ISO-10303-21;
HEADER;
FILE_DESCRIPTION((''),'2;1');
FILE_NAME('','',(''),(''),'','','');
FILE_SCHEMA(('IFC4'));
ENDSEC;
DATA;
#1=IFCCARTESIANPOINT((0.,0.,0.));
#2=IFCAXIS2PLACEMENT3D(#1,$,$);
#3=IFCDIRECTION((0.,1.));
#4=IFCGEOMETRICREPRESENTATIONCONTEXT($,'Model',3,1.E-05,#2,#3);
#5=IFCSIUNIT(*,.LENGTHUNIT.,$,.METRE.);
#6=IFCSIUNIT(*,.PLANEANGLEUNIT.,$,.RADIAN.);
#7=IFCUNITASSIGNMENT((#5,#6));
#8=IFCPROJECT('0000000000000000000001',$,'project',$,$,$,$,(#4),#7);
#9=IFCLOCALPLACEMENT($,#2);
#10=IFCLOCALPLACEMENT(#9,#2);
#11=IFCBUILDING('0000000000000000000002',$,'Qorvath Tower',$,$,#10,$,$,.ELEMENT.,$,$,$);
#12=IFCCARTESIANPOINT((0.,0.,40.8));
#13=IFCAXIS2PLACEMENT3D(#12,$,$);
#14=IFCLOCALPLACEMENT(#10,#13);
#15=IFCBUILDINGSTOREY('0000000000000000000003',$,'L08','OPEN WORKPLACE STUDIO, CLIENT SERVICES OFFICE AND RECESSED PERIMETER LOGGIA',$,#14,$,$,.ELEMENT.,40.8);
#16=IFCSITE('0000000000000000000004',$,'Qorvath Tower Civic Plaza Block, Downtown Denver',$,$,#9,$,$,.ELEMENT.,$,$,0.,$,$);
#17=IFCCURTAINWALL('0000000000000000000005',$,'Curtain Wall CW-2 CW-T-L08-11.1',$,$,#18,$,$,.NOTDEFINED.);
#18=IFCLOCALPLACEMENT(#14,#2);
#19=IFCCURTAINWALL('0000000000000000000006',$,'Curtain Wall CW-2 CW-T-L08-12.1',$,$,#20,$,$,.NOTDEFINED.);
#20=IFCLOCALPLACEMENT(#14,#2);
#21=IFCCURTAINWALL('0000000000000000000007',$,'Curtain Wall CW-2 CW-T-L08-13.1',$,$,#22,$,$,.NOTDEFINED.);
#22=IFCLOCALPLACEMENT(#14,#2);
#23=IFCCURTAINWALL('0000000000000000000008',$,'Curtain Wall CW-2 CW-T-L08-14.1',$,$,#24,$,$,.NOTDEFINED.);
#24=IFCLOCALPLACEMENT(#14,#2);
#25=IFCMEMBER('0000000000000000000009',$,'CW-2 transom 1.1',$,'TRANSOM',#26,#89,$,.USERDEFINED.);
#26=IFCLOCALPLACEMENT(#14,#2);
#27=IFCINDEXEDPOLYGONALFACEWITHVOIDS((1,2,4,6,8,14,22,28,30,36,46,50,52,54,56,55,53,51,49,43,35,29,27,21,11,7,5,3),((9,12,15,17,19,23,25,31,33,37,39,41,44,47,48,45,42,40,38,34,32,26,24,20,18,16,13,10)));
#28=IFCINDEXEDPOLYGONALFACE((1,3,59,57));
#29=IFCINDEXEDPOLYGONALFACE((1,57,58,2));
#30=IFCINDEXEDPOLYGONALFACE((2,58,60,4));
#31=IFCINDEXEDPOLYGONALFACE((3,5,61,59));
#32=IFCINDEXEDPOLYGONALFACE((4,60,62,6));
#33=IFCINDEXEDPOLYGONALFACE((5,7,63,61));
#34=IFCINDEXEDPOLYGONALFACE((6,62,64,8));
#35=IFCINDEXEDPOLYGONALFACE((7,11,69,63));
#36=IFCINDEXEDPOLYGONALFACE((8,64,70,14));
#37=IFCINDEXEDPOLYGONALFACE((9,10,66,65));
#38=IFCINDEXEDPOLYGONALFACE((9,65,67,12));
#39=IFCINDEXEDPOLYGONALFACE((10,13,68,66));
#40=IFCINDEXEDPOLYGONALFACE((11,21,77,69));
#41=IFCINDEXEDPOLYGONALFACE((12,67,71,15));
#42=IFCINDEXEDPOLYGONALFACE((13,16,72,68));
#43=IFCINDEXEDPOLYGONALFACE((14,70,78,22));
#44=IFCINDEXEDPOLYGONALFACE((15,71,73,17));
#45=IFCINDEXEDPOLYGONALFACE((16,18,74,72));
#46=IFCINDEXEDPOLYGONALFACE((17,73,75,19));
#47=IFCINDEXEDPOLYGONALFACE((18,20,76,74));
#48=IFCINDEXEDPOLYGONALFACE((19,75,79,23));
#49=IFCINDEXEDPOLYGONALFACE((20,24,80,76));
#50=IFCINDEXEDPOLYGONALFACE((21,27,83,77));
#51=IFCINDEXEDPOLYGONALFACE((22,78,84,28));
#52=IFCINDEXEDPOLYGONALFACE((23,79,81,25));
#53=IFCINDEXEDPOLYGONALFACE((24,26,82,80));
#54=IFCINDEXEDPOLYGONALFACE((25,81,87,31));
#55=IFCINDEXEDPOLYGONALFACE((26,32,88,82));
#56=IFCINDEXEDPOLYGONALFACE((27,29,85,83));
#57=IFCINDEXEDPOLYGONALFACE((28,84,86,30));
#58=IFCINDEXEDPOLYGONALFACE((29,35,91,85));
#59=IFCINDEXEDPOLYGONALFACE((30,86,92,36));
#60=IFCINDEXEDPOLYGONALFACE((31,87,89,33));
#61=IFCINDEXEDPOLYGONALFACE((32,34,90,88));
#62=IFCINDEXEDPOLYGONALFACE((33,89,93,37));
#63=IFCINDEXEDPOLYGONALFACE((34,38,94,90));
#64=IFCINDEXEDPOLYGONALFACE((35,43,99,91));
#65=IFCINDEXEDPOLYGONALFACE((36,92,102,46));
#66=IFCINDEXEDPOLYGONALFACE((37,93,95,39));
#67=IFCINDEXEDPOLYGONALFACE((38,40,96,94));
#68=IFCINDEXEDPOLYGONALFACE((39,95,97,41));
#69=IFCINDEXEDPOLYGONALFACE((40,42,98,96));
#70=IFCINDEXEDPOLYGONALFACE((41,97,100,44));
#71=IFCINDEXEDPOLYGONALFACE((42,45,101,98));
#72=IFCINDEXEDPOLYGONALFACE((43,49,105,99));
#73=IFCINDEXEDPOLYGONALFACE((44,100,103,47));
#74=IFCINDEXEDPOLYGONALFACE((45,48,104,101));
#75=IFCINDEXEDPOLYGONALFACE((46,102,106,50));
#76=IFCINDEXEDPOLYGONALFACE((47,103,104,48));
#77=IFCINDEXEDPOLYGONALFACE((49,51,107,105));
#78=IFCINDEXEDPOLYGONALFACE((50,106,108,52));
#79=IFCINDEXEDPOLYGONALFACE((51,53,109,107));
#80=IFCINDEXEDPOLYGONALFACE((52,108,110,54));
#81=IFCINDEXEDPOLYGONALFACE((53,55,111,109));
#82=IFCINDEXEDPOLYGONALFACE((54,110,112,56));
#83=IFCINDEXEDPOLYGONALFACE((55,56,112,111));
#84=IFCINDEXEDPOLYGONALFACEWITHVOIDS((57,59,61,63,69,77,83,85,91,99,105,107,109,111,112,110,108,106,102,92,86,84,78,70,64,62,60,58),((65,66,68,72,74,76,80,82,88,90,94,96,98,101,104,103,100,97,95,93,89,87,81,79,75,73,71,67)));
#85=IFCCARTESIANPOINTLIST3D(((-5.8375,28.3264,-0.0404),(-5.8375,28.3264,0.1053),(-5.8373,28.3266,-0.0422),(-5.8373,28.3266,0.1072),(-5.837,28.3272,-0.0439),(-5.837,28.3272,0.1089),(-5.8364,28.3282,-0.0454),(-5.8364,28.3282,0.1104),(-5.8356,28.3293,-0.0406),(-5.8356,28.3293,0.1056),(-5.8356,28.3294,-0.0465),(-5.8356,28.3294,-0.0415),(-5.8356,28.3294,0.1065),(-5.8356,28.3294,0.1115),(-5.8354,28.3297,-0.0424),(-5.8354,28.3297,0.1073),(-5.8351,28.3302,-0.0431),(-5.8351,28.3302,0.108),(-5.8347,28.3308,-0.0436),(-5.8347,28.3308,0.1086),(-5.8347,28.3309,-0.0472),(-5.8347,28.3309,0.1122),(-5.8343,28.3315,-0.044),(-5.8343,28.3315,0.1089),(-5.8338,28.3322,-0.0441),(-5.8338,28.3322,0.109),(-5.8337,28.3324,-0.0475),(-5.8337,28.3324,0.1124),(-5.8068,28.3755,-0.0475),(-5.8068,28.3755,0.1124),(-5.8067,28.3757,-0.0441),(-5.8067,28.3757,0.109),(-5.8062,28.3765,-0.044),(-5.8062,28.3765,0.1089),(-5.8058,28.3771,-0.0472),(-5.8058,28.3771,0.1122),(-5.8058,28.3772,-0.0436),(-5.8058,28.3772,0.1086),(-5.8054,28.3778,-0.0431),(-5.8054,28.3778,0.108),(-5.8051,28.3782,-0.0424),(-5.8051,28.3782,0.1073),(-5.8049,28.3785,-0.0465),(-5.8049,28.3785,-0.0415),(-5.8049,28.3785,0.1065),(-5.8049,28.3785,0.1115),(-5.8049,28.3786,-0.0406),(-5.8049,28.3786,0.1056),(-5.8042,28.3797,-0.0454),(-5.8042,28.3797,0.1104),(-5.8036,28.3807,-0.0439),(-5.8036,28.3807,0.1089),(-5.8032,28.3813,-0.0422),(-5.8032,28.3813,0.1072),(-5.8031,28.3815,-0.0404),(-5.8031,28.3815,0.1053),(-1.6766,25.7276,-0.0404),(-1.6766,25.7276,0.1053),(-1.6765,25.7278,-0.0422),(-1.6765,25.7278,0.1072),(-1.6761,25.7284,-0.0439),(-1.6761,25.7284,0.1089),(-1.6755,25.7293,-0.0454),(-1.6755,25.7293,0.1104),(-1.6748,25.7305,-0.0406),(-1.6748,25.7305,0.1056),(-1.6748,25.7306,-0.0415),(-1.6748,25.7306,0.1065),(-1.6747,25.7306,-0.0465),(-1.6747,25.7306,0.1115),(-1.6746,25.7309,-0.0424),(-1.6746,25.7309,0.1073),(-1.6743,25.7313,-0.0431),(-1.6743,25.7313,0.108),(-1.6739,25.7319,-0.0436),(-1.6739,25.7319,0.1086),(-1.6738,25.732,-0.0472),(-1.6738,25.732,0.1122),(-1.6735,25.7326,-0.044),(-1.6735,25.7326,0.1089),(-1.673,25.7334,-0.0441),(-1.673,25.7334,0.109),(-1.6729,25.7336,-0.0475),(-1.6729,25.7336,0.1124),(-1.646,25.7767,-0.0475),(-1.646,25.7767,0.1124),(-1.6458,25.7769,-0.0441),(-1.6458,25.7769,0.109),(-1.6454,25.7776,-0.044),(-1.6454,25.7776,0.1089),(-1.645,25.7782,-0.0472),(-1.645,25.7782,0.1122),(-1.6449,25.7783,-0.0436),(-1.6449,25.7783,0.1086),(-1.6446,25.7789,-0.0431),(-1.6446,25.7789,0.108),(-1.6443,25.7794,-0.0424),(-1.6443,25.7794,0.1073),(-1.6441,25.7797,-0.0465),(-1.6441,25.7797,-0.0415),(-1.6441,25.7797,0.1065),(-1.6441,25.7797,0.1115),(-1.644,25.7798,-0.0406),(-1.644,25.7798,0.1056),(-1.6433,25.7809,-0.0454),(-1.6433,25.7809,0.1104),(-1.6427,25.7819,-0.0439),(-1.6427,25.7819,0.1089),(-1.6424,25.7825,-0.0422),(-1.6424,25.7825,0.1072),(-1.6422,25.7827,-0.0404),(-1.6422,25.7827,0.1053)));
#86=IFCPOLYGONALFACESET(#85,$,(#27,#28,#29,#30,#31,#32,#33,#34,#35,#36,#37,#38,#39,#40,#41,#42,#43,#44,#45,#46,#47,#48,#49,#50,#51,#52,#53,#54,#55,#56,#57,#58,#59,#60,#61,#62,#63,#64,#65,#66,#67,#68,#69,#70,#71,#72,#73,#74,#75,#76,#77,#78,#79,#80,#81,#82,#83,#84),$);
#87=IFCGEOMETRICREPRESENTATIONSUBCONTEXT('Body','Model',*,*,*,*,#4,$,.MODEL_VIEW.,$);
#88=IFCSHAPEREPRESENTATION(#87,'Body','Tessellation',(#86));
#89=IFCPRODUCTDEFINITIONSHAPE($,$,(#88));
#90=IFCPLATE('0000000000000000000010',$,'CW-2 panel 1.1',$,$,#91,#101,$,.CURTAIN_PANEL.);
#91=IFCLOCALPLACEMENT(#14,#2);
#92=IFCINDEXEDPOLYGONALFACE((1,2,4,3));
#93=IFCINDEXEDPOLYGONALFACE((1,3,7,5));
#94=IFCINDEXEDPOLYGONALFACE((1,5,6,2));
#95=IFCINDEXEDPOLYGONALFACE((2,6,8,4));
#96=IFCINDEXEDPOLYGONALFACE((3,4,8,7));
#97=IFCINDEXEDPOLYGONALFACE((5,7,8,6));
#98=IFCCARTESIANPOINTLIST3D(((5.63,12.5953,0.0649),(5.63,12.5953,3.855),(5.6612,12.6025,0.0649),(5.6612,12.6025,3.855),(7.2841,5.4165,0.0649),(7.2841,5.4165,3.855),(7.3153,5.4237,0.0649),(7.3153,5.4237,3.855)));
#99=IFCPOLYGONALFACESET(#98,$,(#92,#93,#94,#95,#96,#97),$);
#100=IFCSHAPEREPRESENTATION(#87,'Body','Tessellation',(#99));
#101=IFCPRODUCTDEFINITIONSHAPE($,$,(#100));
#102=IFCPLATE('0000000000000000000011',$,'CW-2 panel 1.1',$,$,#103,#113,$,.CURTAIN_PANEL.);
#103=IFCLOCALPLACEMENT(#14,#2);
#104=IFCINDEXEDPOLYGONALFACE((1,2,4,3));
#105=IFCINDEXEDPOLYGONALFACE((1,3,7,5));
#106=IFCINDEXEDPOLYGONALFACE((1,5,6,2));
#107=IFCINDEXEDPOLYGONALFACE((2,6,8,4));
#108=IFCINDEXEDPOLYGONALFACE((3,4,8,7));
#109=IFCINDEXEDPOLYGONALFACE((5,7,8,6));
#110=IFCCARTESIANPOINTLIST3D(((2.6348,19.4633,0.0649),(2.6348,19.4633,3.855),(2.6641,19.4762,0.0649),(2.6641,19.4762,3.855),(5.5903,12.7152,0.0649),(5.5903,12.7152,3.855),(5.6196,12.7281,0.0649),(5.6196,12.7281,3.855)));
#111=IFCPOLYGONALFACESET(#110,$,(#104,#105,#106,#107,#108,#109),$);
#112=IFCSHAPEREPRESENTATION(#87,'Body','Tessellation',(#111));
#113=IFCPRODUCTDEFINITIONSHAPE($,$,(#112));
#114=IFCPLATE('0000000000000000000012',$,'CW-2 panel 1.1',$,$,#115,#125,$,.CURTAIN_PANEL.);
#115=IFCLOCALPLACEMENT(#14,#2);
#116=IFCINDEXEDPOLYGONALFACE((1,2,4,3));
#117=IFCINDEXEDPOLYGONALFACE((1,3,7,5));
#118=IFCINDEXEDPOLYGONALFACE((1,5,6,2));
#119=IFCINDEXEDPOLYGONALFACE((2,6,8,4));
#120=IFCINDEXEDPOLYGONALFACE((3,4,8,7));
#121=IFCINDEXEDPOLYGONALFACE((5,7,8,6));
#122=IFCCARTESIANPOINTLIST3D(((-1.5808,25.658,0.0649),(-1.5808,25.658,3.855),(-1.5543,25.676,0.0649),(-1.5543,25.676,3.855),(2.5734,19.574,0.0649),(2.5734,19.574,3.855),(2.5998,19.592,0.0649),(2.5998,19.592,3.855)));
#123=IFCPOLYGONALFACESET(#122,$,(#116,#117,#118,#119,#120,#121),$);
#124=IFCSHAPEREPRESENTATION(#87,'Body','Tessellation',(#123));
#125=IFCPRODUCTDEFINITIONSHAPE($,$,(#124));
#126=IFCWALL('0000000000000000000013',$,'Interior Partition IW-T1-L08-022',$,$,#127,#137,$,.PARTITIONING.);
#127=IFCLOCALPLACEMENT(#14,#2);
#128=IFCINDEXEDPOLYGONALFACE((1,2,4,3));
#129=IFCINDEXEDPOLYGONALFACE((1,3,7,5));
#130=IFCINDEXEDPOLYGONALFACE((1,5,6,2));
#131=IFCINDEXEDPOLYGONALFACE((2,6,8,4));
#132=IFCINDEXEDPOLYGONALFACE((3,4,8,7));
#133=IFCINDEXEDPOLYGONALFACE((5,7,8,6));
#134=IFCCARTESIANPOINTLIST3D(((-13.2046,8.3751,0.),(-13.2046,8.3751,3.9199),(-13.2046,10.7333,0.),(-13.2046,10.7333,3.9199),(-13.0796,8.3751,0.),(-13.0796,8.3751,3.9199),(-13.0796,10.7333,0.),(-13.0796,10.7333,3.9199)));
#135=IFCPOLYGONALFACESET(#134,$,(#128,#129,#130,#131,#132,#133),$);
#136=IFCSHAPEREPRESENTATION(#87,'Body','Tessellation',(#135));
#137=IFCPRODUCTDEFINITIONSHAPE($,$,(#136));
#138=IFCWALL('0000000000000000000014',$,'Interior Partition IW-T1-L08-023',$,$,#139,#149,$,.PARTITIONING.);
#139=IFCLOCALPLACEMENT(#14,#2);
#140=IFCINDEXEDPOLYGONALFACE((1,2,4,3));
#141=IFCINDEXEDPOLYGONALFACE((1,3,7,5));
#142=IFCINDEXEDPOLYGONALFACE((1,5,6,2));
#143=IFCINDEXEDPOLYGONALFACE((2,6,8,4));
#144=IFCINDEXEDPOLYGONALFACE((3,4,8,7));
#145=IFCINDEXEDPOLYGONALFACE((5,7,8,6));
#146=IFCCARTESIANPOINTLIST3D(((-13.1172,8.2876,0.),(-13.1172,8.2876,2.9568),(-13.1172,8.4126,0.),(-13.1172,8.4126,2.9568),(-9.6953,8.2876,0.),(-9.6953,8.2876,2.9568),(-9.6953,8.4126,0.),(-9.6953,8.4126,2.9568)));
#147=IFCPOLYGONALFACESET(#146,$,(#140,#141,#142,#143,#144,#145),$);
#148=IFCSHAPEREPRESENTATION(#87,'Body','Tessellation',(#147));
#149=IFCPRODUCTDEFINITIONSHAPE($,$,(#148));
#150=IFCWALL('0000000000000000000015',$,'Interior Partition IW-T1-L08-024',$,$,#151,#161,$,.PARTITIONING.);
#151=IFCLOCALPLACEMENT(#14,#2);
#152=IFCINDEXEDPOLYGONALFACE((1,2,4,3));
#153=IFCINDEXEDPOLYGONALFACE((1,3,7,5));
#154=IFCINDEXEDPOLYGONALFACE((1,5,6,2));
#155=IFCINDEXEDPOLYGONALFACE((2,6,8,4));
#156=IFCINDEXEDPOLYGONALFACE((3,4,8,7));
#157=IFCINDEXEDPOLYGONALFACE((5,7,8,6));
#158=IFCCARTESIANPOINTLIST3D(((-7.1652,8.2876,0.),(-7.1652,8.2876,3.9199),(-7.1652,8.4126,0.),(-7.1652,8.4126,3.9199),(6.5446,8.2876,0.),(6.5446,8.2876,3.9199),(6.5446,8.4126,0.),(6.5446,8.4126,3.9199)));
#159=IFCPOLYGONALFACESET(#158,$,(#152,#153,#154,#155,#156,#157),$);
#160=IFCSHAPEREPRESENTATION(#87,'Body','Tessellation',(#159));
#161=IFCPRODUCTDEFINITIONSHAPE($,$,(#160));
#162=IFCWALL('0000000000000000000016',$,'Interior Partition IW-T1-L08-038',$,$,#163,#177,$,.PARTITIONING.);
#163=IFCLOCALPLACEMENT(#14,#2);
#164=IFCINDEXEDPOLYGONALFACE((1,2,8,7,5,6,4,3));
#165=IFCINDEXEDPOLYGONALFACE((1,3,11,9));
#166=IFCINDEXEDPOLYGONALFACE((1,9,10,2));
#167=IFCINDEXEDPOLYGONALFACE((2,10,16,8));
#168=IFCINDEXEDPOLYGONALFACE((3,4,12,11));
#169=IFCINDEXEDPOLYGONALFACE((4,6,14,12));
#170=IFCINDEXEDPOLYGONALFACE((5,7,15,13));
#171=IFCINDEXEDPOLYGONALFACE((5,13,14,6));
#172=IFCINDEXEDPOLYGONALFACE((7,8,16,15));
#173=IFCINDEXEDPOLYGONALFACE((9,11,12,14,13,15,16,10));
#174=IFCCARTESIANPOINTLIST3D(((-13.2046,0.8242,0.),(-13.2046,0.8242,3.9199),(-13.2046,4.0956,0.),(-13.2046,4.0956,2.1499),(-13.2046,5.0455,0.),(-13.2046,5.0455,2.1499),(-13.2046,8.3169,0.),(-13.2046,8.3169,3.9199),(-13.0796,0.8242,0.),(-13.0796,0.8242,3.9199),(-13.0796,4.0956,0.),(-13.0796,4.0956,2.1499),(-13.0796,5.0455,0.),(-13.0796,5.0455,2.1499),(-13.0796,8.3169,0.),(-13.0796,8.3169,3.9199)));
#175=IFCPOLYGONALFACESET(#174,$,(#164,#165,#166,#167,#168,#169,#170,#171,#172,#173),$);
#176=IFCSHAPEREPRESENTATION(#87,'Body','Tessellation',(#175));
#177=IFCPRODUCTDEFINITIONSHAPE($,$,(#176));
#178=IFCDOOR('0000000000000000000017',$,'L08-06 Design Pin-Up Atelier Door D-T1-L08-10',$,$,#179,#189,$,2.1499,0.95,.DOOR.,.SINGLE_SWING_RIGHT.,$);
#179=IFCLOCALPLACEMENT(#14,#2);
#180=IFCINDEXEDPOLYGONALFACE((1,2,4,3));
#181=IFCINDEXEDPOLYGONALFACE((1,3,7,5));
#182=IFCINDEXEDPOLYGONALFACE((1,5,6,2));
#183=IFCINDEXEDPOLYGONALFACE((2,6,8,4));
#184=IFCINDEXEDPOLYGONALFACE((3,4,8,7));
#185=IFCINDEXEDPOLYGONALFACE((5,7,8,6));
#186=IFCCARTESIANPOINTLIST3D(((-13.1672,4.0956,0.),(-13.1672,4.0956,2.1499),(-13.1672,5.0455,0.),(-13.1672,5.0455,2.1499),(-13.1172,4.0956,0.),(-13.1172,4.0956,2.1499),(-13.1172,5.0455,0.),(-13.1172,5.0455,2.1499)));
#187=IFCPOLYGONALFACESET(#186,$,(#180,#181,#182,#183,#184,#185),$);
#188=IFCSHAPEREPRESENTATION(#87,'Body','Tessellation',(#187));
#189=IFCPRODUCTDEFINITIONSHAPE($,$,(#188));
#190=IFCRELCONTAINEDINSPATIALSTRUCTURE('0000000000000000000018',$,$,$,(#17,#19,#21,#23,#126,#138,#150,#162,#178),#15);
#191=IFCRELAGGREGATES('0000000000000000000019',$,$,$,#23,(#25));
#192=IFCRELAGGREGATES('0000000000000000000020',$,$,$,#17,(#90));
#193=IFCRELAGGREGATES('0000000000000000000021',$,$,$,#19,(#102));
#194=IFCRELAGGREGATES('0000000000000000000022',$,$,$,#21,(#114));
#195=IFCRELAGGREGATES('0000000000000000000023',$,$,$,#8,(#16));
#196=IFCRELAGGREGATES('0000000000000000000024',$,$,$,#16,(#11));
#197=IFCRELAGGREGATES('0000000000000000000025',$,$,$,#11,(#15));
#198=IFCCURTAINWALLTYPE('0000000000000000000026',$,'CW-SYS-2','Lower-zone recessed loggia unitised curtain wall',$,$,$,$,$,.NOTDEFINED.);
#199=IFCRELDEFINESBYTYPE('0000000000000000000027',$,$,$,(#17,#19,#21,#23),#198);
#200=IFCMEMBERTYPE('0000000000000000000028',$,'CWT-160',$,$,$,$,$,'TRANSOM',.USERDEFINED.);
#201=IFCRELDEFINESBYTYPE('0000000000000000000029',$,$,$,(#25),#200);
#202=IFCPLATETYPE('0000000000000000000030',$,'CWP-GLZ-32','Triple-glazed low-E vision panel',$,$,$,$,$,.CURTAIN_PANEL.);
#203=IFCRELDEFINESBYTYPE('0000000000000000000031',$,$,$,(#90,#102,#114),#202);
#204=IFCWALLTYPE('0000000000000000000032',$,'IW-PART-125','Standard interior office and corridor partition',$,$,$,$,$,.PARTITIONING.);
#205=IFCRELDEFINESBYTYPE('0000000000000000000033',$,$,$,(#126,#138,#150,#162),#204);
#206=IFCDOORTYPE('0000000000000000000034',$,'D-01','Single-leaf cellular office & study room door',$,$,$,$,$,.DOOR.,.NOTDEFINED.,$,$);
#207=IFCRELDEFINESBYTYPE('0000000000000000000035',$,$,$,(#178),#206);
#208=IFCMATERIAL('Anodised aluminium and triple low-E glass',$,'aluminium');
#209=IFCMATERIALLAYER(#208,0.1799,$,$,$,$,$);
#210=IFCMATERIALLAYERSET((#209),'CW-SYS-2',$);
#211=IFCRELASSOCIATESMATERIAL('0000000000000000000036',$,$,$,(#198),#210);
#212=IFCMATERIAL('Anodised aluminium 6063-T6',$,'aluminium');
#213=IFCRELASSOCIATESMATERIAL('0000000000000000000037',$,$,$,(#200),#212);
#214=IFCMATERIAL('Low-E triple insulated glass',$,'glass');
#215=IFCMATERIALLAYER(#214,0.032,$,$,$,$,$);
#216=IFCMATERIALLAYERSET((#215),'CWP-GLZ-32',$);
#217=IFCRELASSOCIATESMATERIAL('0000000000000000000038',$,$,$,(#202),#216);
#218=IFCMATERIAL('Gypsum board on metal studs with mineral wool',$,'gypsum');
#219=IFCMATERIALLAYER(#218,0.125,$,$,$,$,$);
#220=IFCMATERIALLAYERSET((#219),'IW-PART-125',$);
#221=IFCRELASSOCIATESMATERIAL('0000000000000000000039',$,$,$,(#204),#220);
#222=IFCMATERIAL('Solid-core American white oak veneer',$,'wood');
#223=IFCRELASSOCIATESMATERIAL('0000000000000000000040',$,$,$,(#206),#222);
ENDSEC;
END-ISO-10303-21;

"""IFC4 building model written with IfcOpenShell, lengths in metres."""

from ifc_helpers import new_model, si_unit, direction, frame, frame_2d, origin, origin_2d, place, context, subcontext, project, spatial, rectangle, hollow_rectangle, extrude, material, layer, layer_set, material_profile, profile_set, type_object, element, fill, aggregate, save


model = new_model("IFC4")

# Units and contexts
model_context = context("Model", 3, precision=1e-05, world=origin(), true_north=direction((0.0, 1.0)))
body_context = subcontext(model_context, "Body", "Model", "MODEL_VIEW")
ifc_project = project(units=[si_unit("LENGTHUNIT", "METRE"), si_unit("PLANEANGLEUNIT", "RADIAN")], contexts=[model_context])

# Site, building, storey
site_placement = place(None, origin())
site = spatial("IfcSite", under=ifc_project, at=site_placement, Name="Qorvath Tower Civic Plaza Block, Downtown Denver", CompositionType="ELEMENT", RefElevation=0.0)
building_placement = place(site_placement, origin())
building = spatial("IfcBuilding", under=site, at=building_placement, Name="Qorvath Tower", CompositionType="ELEMENT")
storey_placement = place(building_placement, frame((0.0, 0.0, 40.8)))
storey = spatial("IfcBuildingStorey", under=building, at=storey_placement, Name="L08", Description="OPEN WORKPLACE STUDIO, CLIENT SERVICES OFFICE AND RECESSED PERIMETER LOGGIA", CompositionType="ELEMENT", Elevation=40.8)

# Curtain wall
ifc_material_1 = material(Name="Anodised aluminium and triple low-E glass", Category="aluminium")
ifc_layer_1 = layer(ifc_material_1, 0.1799)
ifc_layer_set_1 = layer_set([ifc_layer_1], Name="CW-SYS-2")
curtain_wall_type = type_object("IfcCurtainWallType", Name="CW-SYS-2", Description="Lower-zone recessed loggia unitised curtain wall", PredefinedType="NOTDEFINED", material=ifc_layer_set_1)
curtain_wall_1_placement = place(storey_placement, origin())
curtain_wall_1 = element("IfcCurtainWall", 1, at=curtain_wall_1_placement, inside=storey, type_object=curtain_wall_type, Name="Curtain Wall CW-2 CW-T-L08-11.1", PredefinedType="NOTDEFINED")

# Curtain walls
curtain_wall_2_placement = place(storey_placement, origin())
curtain_wall_2 = element("IfcCurtainWall", 2, at=curtain_wall_2_placement, inside=storey, type_object=curtain_wall_type, Name="Curtain Wall CW-2 CW-T-L08-12.1", PredefinedType="NOTDEFINED")
curtain_wall_3_placement = place(storey_placement, origin())
curtain_wall_3 = element("IfcCurtainWall", 3, at=curtain_wall_3_placement, inside=storey, type_object=curtain_wall_type, Name="Curtain Wall CW-2 CW-T-L08-13.1", PredefinedType="NOTDEFINED")

# Curtain wall
curtain_wall_4_placement = place(storey_placement, origin())
curtain_wall_4 = element("IfcCurtainWall", 4, at=curtain_wall_4_placement, inside=storey, type_object=curtain_wall_type, Name="Curtain Wall CW-2 CW-T-L08-14.1", PredefinedType="NOTDEFINED")

# Member
ifc_material_2 = material(Name="Anodised aluminium 6063-T6", Category="aluminium")
ifc_material_profile_1 = material_profile(ifc_material_2, hollow_rectangle(XDim=0.0649, YDim=0.1599, WallThickness=0.0034, InnerFilletRadius=0.0034, OuterFilletRadius=0.0071, at=origin_2d()), Name="CWT 160x65")
ifc_profile_set_1 = profile_set([ifc_material_profile_1], Name="Anodised aluminium 6063-T6")
member_type_1 = type_object("IfcMemberType", Name="CWT-160", ElementType="TRANSOM", PredefinedType="USERDEFINED", material=ifc_profile_set_1)
member_1_placement = place(storey_placement, frame((-1.6594, 25.7551, 0.0325), z_axis=(-0.848152, 0.529753, 0.0), x_axis=(-0.529753, -0.848152, 0.0)))
member_1 = element("IfcMember", 5, at=member_1_placement, type_object=member_type_1, Name="CW-2 transom 1.1", ObjectType="TRANSOM", PredefinedType="USERDEFINED", context=body_context, shape_type="SweptSolid", body=[
    extrude(hollow_rectangle(XDim=0.0649, YDim=0.1599, WallThickness=0.0034, InnerFilletRadius=0.0034, OuterFilletRadius=0.0071, at=origin_2d()), origin(), (0.0, 0.0, 1.0), 4.9058),
])
aggregate(curtain_wall_4, [member_1])

# Plates
ifc_material_3 = material(Name="Low-E triple insulated glass", Category="glass")
ifc_layer_2 = layer(ifc_material_3, 0.032)
ifc_layer_set_2 = layer_set([ifc_layer_2], Name="CWP-GLZ-32")
plate_type = type_object("IfcPlateType", Name="CWP-GLZ-32", Description="Triple-glazed low-E vision panel", PredefinedType="CURTAIN_PANEL", material=ifc_layer_set_2)
plate_1_placement = place(storey_placement, frame((6.4727, 9.0095, 0.0649), z_axis=(0.0, 0.0, 1.0), x_axis=(-0.224535, 0.974466, 0.0)))
plate_1 = element("IfcPlate", 6, at=plate_1_placement, type_object=plate_type, Name="CW-2 panel 1.1", PredefinedType="CURTAIN_PANEL", context=body_context, shape_type="SweptSolid", body=[
    extrude(rectangle(XDim=7.3669, YDim=0.032, at=origin_2d()), origin(), (0.0, 0.0, 1.0), 3.79),
])
aggregate(curtain_wall_1, [plate_1])
plate_2_placement = place(storey_placement, frame((4.1272, 16.0957, 0.0649), z_axis=(0.0, 0.0, 1.0), x_axis=(-0.401177, 0.916001, 0.0)))
plate_2 = element("IfcPlate", 7, at=plate_2_placement, type_object=plate_type, Name="CW-2 panel 1.1", PredefinedType="CURTAIN_PANEL", context=body_context, shape_type="SweptSolid", body=[
    extrude(rectangle(XDim=7.3669, YDim=0.032, at=origin_2d()), origin(), (0.0, 0.0, 1.0), 3.79),
])
aggregate(curtain_wall_2, [plate_2])
plate_3_placement = place(storey_placement, frame((0.5095, 22.625, 0.0649), z_axis=(0.0, 0.0, 1.0), x_axis=(-0.563891, 0.825849, 0.0)))
plate_3 = element("IfcPlate", 8, at=plate_3_placement, type_object=plate_type, Name="CW-2 panel 1.1", PredefinedType="CURTAIN_PANEL", context=body_context, shape_type="SweptSolid", body=[
    extrude(rectangle(XDim=7.3669, YDim=0.032, at=origin_2d()), origin(), (0.0, 0.0, 1.0), 3.79),
])
aggregate(curtain_wall_3, [plate_3])

# Walls
ifc_material_4 = material(Name="Gypsum board on metal studs with mineral wool", Category="gypsum")
ifc_layer_3 = layer(ifc_material_4, 0.125)
ifc_layer_set_3 = layer_set([ifc_layer_3], Name="IW-PART-125")
wall_type_1 = type_object("IfcWallType", Name="IW-PART-125", Description="Standard interior office and corridor partition", PredefinedType="PARTITIONING", material=ifc_layer_set_3)
wall_1_placement = place(storey_placement, frame((-13.1421, 8.375, 0.0), z_axis=(0.0, 0.0, 1.0), x_axis=(0.0, 1.0, 0.0)))
element("IfcWall", 9, at=wall_1_placement, inside=storey, type_object=wall_type_1, Name="Interior Partition IW-T1-L08-022", PredefinedType="PARTITIONING", context=body_context, shape_type="SweptSolid", body=[
    extrude(rectangle(XDim=2.3582, YDim=0.125, at=frame_2d((1.1792, 0.0))), origin(), (0.0, 0.0, 1.0), 3.9199),
])
wall_2_placement = place(storey_placement, frame((-13.1172, 8.3501, 0.0), z_axis=(0.0, 0.0, 1.0), x_axis=(1.0, 0.0, 0.0)))
element("IfcWall", 10, at=wall_2_placement, inside=storey, type_object=wall_type_1, Name="Interior Partition IW-T1-L08-023", PredefinedType="PARTITIONING", context=body_context, shape_type="SweptSolid", body=[
    extrude(rectangle(XDim=3.4219, YDim=0.125, at=frame_2d((1.7109, 0.0))), origin(), (0.0, 0.0, 1.0), 2.9568),
])
wall_3_placement = place(storey_placement, frame((-7.1653, 8.3501, 0.0), z_axis=(0.0, 0.0, 1.0), x_axis=(1.0, 0.0, 0.0)))
element("IfcWall", 11, at=wall_3_placement, inside=storey, type_object=wall_type_1, Name="Interior Partition IW-T1-L08-024", PredefinedType="PARTITIONING", context=body_context, shape_type="SweptSolid", body=[
    extrude(rectangle(XDim=13.7097, YDim=0.125, at=frame_2d((6.855, 0.0))), origin(), (0.0, 0.0, 1.0), 3.9199),
])

# Wall, opening, door
wall_4_placement = place(storey_placement, frame((-13.1421, 8.3169, 0.0), z_axis=(0.0, 0.0, 1.0), x_axis=(0.0, -1.0, 0.0)))
wall_4 = element("IfcWall", 12, at=wall_4_placement, inside=storey, type_object=wall_type_1, Name="Interior Partition IW-T1-L08-038", PredefinedType="PARTITIONING", context=body_context, shape_type="SweptSolid", body=[
    extrude(rectangle(XDim=7.4927, YDim=0.125, at=frame_2d((3.7463, 0.0))), origin(), (0.0, 0.0, 1.0), 3.9199),
])
opening_1_placement = place(wall_4_placement, frame((3.2712, 0.0, 0.0)))
opening_1 = element("IfcOpeningElement", 13, at=opening_1_placement, cuts=wall_4, PredefinedType="OPENING", context=body_context, shape_type="SweptSolid", body=[
    extrude(rectangle(XDim=0.95, YDim=2.1499, at=frame_2d((0.4751, 1.075))), frame((0.0, 0.0725, 0.0), z_axis=(0.0, -1.0, 0.0), x_axis=(1.0, 0.0, 0.0)), (0.0, 0.0, 1.0), 0.145),
])
ifc_material_5 = material(Name="Solid-core American white oak veneer", Category="wood")
door_type_1 = type_object("IfcDoorType", Name="D-01", Description="Single-leaf cellular office & study room door", OperationType="NOTDEFINED", PredefinedType="DOOR", material=ifc_material_5)
door_1_placement = place(opening_1_placement, origin())
door_1 = element("IfcDoor", 14, at=door_1_placement, inside=storey, type_object=door_type_1, Name="L08-06 Design Pin-Up Atelier Door D-T1-L08-10", OperationType="SINGLE_SWING_RIGHT", OverallHeight=2.1499, OverallWidth=0.95, PredefinedType="DOOR", context=body_context, shape_type="SweptSolid", body=[
    extrude(rectangle(XDim=0.95, YDim=2.1499, at=frame_2d((0.4751, 1.075))), frame((0.0, 0.0249, 0.0), z_axis=(0.0, -1.0, 0.0), x_axis=(1.0, 0.0, 0.0)), (0.0, 0.0, 1.0), 0.05),
])
fill(opening_1, door_1)

save(model, "model.ifc")
